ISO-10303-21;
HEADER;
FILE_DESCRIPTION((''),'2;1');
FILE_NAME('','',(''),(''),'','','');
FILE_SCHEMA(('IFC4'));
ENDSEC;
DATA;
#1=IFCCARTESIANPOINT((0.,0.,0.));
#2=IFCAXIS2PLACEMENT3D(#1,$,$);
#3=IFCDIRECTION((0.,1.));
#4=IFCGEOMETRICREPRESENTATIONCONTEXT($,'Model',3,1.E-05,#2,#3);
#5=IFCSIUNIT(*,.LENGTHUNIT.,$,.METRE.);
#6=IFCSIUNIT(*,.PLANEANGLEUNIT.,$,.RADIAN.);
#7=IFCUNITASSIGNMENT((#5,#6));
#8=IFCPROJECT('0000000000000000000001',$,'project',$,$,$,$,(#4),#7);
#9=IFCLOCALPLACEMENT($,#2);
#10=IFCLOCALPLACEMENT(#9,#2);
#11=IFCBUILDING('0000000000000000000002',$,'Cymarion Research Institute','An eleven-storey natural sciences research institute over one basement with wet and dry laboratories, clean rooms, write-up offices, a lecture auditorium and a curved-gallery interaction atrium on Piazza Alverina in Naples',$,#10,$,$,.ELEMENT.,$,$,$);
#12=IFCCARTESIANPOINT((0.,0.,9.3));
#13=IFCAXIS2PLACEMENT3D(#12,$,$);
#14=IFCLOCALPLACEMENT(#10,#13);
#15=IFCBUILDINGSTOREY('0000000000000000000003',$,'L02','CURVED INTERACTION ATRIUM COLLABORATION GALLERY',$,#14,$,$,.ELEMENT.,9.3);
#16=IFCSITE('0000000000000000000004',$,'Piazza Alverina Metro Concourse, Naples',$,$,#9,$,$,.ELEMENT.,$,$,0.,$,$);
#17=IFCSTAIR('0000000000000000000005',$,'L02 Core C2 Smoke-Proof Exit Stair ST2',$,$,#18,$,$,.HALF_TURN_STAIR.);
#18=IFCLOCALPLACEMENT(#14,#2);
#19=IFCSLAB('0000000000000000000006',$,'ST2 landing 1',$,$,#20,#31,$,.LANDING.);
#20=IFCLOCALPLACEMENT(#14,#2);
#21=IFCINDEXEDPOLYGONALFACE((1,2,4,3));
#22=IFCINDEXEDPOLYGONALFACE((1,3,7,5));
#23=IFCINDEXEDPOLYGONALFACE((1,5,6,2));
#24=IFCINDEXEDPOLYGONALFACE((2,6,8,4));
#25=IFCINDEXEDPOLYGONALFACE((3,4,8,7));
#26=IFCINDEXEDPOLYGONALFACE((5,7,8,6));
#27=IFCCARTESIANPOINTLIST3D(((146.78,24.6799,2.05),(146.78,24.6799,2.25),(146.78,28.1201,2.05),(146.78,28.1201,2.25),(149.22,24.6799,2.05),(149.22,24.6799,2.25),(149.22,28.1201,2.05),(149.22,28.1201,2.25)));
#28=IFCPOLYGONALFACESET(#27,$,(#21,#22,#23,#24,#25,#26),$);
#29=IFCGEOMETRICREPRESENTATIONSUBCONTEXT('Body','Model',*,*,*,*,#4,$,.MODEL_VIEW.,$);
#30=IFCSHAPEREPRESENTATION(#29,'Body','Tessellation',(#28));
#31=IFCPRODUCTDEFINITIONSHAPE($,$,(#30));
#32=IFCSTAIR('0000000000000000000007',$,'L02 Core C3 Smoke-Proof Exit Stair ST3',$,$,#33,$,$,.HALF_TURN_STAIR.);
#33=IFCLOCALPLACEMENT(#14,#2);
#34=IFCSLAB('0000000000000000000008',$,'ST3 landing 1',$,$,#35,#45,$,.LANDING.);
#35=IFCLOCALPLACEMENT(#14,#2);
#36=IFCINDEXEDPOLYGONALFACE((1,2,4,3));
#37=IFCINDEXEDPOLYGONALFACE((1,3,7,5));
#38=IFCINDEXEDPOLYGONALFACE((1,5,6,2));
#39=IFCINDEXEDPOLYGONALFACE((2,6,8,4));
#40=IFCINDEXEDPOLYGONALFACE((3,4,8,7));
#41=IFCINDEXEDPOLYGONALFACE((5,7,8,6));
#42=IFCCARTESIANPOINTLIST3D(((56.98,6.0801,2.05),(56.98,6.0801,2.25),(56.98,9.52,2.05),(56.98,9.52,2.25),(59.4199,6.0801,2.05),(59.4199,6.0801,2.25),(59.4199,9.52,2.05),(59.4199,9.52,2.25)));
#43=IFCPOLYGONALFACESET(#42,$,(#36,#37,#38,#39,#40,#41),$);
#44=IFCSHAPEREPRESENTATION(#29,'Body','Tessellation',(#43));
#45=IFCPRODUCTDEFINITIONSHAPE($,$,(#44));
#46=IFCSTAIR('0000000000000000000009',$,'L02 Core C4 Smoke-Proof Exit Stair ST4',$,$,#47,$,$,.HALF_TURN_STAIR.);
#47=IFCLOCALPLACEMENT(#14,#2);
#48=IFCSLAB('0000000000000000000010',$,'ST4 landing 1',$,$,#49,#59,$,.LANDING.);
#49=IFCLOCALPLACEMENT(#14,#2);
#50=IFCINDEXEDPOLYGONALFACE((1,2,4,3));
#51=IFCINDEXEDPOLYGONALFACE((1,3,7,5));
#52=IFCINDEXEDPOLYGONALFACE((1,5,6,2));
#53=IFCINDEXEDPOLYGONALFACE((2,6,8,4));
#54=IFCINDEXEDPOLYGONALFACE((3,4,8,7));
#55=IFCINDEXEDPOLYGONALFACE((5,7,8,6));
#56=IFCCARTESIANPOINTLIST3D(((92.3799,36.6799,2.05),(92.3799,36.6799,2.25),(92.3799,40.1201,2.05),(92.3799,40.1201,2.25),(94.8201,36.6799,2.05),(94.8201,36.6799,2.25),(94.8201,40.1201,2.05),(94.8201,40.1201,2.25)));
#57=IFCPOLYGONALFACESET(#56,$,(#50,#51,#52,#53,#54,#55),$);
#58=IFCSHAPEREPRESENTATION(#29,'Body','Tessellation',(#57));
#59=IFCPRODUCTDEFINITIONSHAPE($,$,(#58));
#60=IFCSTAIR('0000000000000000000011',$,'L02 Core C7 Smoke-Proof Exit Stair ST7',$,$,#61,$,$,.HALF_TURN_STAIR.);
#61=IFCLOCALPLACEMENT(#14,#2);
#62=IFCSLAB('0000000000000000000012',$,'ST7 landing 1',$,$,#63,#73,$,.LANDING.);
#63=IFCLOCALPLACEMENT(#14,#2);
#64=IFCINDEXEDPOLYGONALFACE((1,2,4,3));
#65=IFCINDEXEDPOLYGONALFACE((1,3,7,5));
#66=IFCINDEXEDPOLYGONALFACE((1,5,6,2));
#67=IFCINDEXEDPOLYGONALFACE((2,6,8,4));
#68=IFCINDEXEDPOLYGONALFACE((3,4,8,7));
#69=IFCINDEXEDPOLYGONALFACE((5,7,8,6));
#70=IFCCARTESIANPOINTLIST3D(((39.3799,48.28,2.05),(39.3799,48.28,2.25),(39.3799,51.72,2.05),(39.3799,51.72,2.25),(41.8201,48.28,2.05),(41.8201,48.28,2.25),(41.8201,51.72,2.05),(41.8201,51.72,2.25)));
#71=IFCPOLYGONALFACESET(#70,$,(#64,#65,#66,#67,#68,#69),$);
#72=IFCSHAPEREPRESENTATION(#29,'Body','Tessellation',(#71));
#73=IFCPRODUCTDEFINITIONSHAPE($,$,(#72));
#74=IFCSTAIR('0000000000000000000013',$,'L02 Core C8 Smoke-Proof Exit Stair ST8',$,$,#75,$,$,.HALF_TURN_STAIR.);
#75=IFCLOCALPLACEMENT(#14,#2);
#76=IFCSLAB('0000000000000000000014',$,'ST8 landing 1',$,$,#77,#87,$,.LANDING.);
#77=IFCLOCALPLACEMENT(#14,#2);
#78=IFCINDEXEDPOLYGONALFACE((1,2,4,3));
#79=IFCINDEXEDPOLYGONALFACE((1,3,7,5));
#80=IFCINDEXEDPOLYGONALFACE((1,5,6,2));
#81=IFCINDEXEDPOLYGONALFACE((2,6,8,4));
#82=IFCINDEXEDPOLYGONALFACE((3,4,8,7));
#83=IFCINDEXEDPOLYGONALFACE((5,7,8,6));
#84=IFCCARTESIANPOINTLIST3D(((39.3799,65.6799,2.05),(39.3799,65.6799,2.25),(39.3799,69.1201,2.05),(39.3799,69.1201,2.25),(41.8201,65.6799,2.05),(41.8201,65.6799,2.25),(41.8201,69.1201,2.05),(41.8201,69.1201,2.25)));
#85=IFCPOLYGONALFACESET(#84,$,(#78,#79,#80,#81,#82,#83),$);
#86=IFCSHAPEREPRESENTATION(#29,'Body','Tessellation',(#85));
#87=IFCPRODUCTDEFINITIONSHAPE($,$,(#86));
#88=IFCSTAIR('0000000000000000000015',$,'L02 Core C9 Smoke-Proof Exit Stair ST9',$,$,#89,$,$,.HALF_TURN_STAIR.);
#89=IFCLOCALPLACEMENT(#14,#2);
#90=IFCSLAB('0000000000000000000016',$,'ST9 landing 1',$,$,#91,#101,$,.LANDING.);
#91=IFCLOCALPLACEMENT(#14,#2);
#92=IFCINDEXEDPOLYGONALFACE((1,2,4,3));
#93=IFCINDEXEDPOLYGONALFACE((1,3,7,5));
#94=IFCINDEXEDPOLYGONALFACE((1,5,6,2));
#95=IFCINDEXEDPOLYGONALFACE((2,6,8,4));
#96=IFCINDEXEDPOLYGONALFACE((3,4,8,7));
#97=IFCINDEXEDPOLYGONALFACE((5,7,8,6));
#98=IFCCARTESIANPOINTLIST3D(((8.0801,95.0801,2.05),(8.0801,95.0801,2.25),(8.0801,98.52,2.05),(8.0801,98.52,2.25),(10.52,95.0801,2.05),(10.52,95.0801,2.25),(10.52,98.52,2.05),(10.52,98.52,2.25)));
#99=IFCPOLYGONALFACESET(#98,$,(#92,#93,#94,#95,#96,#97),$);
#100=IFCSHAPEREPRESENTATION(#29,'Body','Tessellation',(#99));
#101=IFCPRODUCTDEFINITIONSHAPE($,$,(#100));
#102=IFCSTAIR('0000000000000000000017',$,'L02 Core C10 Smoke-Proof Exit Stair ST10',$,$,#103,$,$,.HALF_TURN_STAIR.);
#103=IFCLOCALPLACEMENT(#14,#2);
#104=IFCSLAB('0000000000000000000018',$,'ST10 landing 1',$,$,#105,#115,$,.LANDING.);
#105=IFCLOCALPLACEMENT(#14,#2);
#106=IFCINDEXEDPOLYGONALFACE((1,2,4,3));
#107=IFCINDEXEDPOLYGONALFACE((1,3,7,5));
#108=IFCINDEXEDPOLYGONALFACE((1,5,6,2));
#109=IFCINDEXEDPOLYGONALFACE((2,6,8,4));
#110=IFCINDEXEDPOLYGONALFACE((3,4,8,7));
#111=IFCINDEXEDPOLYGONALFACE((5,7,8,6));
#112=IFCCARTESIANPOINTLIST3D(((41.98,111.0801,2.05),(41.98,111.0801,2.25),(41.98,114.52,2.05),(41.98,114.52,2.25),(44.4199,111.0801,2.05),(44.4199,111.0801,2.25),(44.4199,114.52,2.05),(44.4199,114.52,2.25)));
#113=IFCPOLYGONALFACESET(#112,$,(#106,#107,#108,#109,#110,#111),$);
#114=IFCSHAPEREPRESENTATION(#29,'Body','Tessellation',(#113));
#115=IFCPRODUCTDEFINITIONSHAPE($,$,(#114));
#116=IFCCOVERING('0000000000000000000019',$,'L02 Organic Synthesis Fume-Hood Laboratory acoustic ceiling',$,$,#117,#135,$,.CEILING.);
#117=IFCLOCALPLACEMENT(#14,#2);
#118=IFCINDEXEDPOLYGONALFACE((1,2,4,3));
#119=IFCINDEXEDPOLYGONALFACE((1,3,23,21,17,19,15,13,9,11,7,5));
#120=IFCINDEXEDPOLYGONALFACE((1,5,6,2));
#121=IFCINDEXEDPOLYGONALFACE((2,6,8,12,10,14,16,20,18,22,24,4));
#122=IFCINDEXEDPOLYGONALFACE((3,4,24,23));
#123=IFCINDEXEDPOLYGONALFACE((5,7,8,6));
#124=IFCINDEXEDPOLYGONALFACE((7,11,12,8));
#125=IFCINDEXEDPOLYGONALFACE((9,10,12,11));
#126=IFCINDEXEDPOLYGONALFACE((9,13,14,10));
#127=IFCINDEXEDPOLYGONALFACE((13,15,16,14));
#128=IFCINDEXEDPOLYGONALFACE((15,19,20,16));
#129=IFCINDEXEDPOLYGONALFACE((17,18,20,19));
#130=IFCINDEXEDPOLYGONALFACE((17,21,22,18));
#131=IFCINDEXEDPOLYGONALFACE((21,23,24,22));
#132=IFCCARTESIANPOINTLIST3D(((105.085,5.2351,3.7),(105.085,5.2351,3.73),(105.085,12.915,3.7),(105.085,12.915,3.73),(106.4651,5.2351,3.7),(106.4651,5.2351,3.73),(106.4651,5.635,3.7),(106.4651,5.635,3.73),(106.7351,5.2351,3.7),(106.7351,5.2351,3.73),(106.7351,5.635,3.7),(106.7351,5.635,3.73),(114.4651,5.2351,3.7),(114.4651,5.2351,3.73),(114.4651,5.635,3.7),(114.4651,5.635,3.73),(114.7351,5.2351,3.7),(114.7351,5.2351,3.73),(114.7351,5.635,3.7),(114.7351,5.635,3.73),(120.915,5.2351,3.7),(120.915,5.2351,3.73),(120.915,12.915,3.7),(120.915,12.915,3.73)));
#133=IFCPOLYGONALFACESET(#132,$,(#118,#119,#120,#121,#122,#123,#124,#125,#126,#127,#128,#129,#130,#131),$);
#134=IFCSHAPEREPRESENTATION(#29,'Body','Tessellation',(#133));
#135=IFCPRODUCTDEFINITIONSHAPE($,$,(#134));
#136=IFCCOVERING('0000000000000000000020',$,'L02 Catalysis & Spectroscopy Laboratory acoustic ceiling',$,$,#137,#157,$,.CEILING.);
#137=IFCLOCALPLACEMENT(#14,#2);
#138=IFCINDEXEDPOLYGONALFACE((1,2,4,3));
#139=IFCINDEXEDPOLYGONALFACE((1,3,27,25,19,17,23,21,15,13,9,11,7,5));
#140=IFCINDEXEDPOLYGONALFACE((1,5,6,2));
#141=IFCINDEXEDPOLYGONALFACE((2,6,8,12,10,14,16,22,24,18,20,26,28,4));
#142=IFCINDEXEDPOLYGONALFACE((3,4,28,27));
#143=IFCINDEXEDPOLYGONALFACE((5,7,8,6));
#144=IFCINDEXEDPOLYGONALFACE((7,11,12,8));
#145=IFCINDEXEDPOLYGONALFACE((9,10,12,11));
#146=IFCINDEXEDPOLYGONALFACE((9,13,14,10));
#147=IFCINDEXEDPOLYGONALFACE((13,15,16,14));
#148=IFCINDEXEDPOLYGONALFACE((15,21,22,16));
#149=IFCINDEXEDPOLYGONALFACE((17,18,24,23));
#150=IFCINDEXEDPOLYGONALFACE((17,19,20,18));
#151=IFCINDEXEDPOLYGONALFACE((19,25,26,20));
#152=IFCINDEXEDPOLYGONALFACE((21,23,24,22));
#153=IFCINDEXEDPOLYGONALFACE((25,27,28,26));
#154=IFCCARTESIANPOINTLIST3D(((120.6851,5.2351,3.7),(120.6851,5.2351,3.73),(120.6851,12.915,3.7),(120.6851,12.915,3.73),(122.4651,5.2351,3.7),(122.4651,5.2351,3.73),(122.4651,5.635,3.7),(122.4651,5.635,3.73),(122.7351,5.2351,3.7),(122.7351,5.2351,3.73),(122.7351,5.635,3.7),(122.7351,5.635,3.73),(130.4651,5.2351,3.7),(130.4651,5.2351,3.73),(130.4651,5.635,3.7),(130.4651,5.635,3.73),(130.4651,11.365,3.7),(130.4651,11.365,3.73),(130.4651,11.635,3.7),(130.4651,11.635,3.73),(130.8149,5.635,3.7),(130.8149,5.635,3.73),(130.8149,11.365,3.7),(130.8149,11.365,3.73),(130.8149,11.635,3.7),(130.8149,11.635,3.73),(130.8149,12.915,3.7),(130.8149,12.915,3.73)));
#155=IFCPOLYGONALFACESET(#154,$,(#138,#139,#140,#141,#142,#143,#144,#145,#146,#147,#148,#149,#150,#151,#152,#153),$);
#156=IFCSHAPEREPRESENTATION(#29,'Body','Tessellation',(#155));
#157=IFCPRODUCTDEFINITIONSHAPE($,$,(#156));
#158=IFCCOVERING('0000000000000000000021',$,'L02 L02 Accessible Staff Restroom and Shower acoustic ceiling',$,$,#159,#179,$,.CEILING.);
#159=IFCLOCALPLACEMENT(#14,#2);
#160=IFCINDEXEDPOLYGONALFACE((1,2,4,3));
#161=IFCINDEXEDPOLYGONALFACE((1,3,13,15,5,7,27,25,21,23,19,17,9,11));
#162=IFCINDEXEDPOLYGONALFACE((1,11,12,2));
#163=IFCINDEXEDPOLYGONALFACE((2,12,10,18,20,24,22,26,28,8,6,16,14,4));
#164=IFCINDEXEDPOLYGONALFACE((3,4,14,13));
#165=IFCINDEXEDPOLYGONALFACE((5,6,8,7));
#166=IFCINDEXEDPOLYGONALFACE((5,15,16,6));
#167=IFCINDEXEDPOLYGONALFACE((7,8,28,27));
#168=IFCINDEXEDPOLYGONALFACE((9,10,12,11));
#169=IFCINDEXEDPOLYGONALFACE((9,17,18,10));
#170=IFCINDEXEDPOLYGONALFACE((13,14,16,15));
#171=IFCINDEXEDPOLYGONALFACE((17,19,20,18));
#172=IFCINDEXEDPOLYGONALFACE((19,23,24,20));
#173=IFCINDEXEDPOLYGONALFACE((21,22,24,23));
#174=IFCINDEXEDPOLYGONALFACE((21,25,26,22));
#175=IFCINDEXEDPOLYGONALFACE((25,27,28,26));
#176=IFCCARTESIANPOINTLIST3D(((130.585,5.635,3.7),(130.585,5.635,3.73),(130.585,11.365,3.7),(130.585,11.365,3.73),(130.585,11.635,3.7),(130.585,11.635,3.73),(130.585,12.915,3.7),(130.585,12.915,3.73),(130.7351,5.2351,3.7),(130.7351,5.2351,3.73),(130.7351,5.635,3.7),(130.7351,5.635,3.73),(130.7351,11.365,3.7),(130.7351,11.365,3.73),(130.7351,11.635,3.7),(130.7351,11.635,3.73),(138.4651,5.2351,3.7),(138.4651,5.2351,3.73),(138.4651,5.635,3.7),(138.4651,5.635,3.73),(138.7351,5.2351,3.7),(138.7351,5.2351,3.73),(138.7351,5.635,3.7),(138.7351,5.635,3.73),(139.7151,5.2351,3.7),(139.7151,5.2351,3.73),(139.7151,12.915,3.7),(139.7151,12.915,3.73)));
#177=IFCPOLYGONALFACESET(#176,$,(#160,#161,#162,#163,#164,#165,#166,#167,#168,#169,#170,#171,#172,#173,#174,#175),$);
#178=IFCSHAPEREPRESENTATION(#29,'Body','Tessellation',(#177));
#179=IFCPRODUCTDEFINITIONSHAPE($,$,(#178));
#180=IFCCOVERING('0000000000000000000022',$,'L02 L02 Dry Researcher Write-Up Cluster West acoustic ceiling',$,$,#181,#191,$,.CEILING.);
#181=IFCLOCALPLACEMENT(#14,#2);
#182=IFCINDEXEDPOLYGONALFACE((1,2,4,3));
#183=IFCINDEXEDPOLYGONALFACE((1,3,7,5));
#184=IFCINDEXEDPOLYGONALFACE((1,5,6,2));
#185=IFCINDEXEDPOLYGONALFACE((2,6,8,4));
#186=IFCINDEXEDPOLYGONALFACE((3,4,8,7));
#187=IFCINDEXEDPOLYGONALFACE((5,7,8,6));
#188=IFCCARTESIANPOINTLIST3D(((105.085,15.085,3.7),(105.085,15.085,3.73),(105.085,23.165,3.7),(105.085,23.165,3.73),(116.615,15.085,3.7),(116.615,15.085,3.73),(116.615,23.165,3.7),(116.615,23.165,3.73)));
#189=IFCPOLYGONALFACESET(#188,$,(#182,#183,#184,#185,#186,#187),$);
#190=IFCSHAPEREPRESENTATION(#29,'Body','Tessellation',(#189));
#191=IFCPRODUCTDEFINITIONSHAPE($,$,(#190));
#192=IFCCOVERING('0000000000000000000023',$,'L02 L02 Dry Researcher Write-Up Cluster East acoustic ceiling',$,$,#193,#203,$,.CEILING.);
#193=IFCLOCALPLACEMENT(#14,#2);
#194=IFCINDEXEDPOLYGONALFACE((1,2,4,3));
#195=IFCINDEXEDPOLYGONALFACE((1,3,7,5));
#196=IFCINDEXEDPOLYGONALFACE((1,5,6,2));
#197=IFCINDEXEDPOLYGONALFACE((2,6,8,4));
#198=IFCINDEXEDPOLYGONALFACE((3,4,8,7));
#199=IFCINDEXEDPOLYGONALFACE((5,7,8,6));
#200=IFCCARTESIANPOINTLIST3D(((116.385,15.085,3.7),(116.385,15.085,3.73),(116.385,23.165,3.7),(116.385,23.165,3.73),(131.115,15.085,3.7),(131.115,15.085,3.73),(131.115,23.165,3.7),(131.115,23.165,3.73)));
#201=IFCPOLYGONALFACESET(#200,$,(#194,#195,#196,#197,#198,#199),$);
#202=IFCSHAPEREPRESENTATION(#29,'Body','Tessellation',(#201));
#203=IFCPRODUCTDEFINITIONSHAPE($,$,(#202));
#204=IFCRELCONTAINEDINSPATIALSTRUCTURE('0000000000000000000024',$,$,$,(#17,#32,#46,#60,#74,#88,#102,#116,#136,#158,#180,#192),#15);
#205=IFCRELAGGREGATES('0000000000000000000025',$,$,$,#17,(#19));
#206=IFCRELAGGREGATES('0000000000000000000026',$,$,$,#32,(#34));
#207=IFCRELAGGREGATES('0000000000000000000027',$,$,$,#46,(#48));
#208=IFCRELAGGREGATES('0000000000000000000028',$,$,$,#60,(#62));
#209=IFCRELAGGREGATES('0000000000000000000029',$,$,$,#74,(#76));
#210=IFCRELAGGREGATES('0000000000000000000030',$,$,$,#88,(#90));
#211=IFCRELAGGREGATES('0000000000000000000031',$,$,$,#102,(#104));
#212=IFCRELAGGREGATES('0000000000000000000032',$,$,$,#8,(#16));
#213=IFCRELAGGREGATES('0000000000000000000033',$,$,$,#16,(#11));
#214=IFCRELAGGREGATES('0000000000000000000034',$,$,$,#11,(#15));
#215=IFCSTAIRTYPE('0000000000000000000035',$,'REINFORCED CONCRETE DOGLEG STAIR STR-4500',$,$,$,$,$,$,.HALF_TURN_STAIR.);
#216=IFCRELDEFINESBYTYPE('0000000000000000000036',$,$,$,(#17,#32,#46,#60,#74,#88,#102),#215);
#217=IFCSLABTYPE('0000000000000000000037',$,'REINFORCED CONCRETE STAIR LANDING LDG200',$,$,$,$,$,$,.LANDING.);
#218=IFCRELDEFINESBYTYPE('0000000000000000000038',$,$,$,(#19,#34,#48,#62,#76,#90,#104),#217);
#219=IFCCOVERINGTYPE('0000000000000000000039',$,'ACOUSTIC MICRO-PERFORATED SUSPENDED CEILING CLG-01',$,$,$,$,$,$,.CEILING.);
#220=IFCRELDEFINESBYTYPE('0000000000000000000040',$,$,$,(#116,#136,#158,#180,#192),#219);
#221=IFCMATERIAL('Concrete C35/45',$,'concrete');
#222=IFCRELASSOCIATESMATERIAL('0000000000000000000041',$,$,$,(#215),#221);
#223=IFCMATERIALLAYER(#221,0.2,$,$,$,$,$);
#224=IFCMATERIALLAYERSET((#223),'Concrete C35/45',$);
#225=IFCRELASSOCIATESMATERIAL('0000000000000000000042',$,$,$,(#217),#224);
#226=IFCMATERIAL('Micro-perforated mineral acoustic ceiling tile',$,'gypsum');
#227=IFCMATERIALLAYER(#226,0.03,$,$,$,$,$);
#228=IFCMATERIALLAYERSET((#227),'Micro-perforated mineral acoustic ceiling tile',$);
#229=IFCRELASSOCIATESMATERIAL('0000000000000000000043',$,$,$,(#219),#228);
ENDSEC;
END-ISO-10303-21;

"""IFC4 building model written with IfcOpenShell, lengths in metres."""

from ifc_helpers import new_model, si_unit, direction, frame, origin, place, context, subcontext, project, spatial, polyline, outline, extrude, material, layer, layer_set, type_object, element, aggregate, save


model = new_model("IFC4")

# Units and contexts
model_context = context("Model", 3, precision=1e-05, world=origin(), true_north=direction((0.0, 1.0)))
body_context = subcontext(model_context, "Body", "Model", "MODEL_VIEW")
ifc_project = project(units=[si_unit("LENGTHUNIT", "METRE"), si_unit("PLANEANGLEUNIT", "RADIAN")], contexts=[model_context])

# Site, building, storey
site_placement = place(None, origin())
site = spatial("IfcSite", under=ifc_project, at=site_placement, Name="Piazza Alverina Metro Concourse, Naples", CompositionType="ELEMENT", RefElevation=0.0)
building_placement = place(site_placement, origin())
building = spatial("IfcBuilding", under=site, at=building_placement, Name="Cymarion Research Institute", Description="An eleven-storey natural sciences research institute over one basement with wet and dry laboratories, clean rooms, write-up offices, a lecture auditorium and a curved-gallery interaction atrium on Piazza Alverina in Naples", CompositionType="ELEMENT")
storey_placement = place(building_placement, frame((0.0, 0.0, 9.3)))
storey = spatial("IfcBuildingStorey", under=building, at=storey_placement, Name="L02", Description="CURVED INTERACTION ATRIUM COLLABORATION GALLERY", CompositionType="ELEMENT", Elevation=9.3)

# Stairs, slabs
ifc_material_1 = material(Name="Concrete C35/45", Category="concrete")
stair_type = type_object("IfcStairType", Name="REINFORCED CONCRETE DOGLEG STAIR STR-4500", PredefinedType="HALF_TURN_STAIR", material=ifc_material_1)
stair_1_placement = place(storey_placement, origin())
stair_1 = element("IfcStair", 1, at=stair_1_placement, inside=storey, type_object=stair_type, Name="L02 Core C2 Smoke-Proof Exit Stair ST2", PredefinedType="HALF_TURN_STAIR")
ifc_layer_1 = layer(ifc_material_1, 0.2)
ifc_layer_set_1 = layer_set([ifc_layer_1], Name="Concrete C35/45")
slab_type = type_object("IfcSlabType", Name="REINFORCED CONCRETE STAIR LANDING LDG200", PredefinedType="LANDING", material=ifc_layer_set_1)
slab_1_placement = place(storey_placement, frame((0.0, 0.0, 2.05)))
slab_1 = element("IfcSlab", 2, at=slab_1_placement, type_object=slab_type, Name="ST2 landing 1", PredefinedType="LANDING", context=body_context, shape_type="SweptSolid", body=[
    extrude(outline(polyline([(149.22, 28.1201), (149.22, 24.6799), (146.78, 24.6799), (146.78, 28.1201), (149.22, 28.1201)])), origin(), (0.0, 0.0, 1.0), 0.2),
])
aggregate(stair_1, [slab_1])
stair_2_placement = place(storey_placement, origin())
stair_2 = element("IfcStair", 3, at=stair_2_placement, inside=storey, type_object=stair_type, Name="L02 Core C3 Smoke-Proof Exit Stair ST3", PredefinedType="HALF_TURN_STAIR")
slab_2_placement = place(storey_placement, frame((0.0, 0.0, 2.05)))
slab_2 = element("IfcSlab", 4, at=slab_2_placement, type_object=slab_type, Name="ST3 landing 1", PredefinedType="LANDING", context=body_context, shape_type="SweptSolid", body=[
    extrude(outline(polyline([(59.4199, 9.52), (59.4199, 6.0801), (56.98, 6.0801), (56.98, 9.52), (59.4199, 9.52)])), origin(), (0.0, 0.0, 1.0), 0.2),
])
aggregate(stair_2, [slab_2])
stair_3_placement = place(storey_placement, origin())
stair_3 = element("IfcStair", 5, at=stair_3_placement, inside=storey, type_object=stair_type, Name="L02 Core C4 Smoke-Proof Exit Stair ST4", PredefinedType="HALF_TURN_STAIR")
slab_3_placement = place(storey_placement, frame((0.0, 0.0, 2.05)))
slab_3 = element("IfcSlab", 6, at=slab_3_placement, type_object=slab_type, Name="ST4 landing 1", PredefinedType="LANDING", context=body_context, shape_type="SweptSolid", body=[
    extrude(outline(polyline([(92.3799, 36.6799), (92.3799, 40.1201), (94.8201, 40.1201), (94.8201, 36.6799), (92.3799, 36.6799)])), origin(), (0.0, 0.0, 1.0), 0.2),
])
aggregate(stair_3, [slab_3])
stair_4_placement = place(storey_placement, origin())
stair_4 = element("IfcStair", 7, at=stair_4_placement, inside=storey, type_object=stair_type, Name="L02 Core C7 Smoke-Proof Exit Stair ST7", PredefinedType="HALF_TURN_STAIR")
slab_4_placement = place(storey_placement, frame((0.0, 0.0, 2.05)))
slab_4 = element("IfcSlab", 8, at=slab_4_placement, type_object=slab_type, Name="ST7 landing 1", PredefinedType="LANDING", context=body_context, shape_type="SweptSolid", body=[
    extrude(outline(polyline([(39.3799, 48.28), (39.3799, 51.72), (41.8201, 51.72), (41.8201, 48.28), (39.3799, 48.28)])), origin(), (0.0, 0.0, 1.0), 0.2),
])
aggregate(stair_4, [slab_4])
stair_5_placement = place(storey_placement, origin())
stair_5 = element("IfcStair", 9, at=stair_5_placement, inside=storey, type_object=stair_type, Name="L02 Core C8 Smoke-Proof Exit Stair ST8", PredefinedType="HALF_TURN_STAIR")
slab_5_placement = place(storey_placement, frame((0.0, 0.0, 2.05)))
slab_5 = element("IfcSlab", 10, at=slab_5_placement, type_object=slab_type, Name="ST8 landing 1", PredefinedType="LANDING", context=body_context, shape_type="SweptSolid", body=[
    extrude(outline(polyline([(39.3799, 65.6799), (39.3799, 69.1201), (41.8201, 69.1201), (41.8201, 65.6799), (39.3799, 65.6799)])), origin(), (0.0, 0.0, 1.0), 0.2),
])
aggregate(stair_5, [slab_5])
stair_6_placement = place(storey_placement, origin())
stair_6 = element("IfcStair", 11, at=stair_6_placement, inside=storey, type_object=stair_type, Name="L02 Core C9 Smoke-Proof Exit Stair ST9", PredefinedType="HALF_TURN_STAIR")
slab_6_placement = place(storey_placement, frame((0.0, 0.0, 2.05)))
slab_6 = element("IfcSlab", 12, at=slab_6_placement, type_object=slab_type, Name="ST9 landing 1", PredefinedType="LANDING", context=body_context, shape_type="SweptSolid", body=[
    extrude(outline(polyline([(10.52, 98.52), (10.52, 95.0801), (8.0801, 95.0801), (8.0801, 98.52), (10.52, 98.52)])), origin(), (0.0, 0.0, 1.0), 0.2),
])
aggregate(stair_6, [slab_6])
stair_7_placement = place(storey_placement, origin())
stair_7 = element("IfcStair", 13, at=stair_7_placement, inside=storey, type_object=stair_type, Name="L02 Core C10 Smoke-Proof Exit Stair ST10", PredefinedType="HALF_TURN_STAIR")
slab_7_placement = place(storey_placement, frame((0.0, 0.0, 2.05)))
slab_7 = element("IfcSlab", 14, at=slab_7_placement, type_object=slab_type, Name="ST10 landing 1", PredefinedType="LANDING", context=body_context, shape_type="SweptSolid", body=[
    extrude(outline(polyline([(41.98, 111.0801), (41.98, 114.52), (44.4199, 114.52), (44.4199, 111.0801), (41.98, 111.0801)])), origin(), (0.0, 0.0, 1.0), 0.2),
])
aggregate(stair_7, [slab_7])

# Coverings
ifc_material_2 = material(Name="Micro-perforated mineral acoustic ceiling tile", Category="gypsum")
ifc_layer_2 = layer(ifc_material_2, 0.03)
ifc_layer_set_2 = layer_set([ifc_layer_2], Name="Micro-perforated mineral acoustic ceiling tile")
covering_type = type_object("IfcCoveringType", Name="ACOUSTIC MICRO-PERFORATED SUSPENDED CEILING CLG-01", PredefinedType="CEILING", material=ifc_layer_set_2)
covering_1_placement = place(storey_placement, frame((0.0, 0.0, 3.7)))
element("IfcCovering", 15, at=covering_1_placement, inside=storey, type_object=covering_type, Name="L02 Organic Synthesis Fume-Hood Laboratory acoustic ceiling", PredefinedType="CEILING", context=body_context, shape_type="SweptSolid", body=[
    extrude(outline(polyline([(120.915, 12.915), (120.915, 5.2351), (114.7351, 5.2351), (114.7351, 5.635), (114.4651, 5.635), (114.4651, 5.2351), (106.7351, 5.2351), (106.7351, 5.635), (106.4651, 5.635), (106.4651, 5.2351), (105.085, 5.2351), (105.085, 12.915), (120.915, 12.915)])), origin(), (0.0, 0.0, 1.0), 0.03),
])
covering_2_placement = place(storey_placement, frame((0.0, 0.0, 3.7)))
element("IfcCovering", 16, at=covering_2_placement, inside=storey, type_object=covering_type, Name="L02 Catalysis & Spectroscopy Laboratory acoustic ceiling", PredefinedType="CEILING", context=body_context, shape_type="SweptSolid", body=[
    extrude(outline(polyline([(130.8149, 12.915), (130.8149, 11.635), (130.4651, 11.635), (130.4651, 11.365), (130.8149, 11.365), (130.8149, 5.635), (130.4651, 5.635), (130.4651, 5.2351), (122.7351, 5.2351), (122.7351, 5.635), (122.4651, 5.635), (122.4651, 5.2351), (120.6851, 5.2351), (120.6851, 12.915), (130.8149, 12.915)])), origin(), (0.0, 0.0, 1.0), 0.03),
])
covering_3_placement = place(storey_placement, frame((0.0, 0.0, 3.7)))
element("IfcCovering", 17, at=covering_3_placement, inside=storey, type_object=covering_type, Name="L02 L02 Accessible Staff Restroom and Shower acoustic ceiling", PredefinedType="CEILING", context=body_context, shape_type="SweptSolid", body=[
    extrude(outline(polyline([(130.7351, 11.365), (130.7351, 11.635), (130.585, 11.635), (130.585, 12.915), (139.7151, 12.915), (139.7151, 5.2351), (138.7351, 5.2351), (138.7351, 5.635), (138.4651, 5.635), (138.4651, 5.2351), (130.7351, 5.2351), (130.7351, 5.635), (130.585, 5.635), (130.585, 11.365), (130.7351, 11.365)])), origin(), (0.0, 0.0, 1.0), 0.03),
])
covering_4_placement = place(storey_placement, frame((0.0, 0.0, 3.7)))
element("IfcCovering", 18, at=covering_4_placement, inside=storey, type_object=covering_type, Name="L02 L02 Dry Researcher Write-Up Cluster West acoustic ceiling", PredefinedType="CEILING", context=body_context, shape_type="SweptSolid", body=[
    extrude(outline(polyline([(116.615, 23.165), (116.615, 15.085), (105.085, 15.085), (105.085, 23.165), (116.615, 23.165)])), origin(), (0.0, 0.0, 1.0), 0.03),
])
covering_5_placement = place(storey_placement, frame((0.0, 0.0, 3.7)))
element("IfcCovering", 19, at=covering_5_placement, inside=storey, type_object=covering_type, Name="L02 L02 Dry Researcher Write-Up Cluster East acoustic ceiling", PredefinedType="CEILING", context=body_context, shape_type="SweptSolid", body=[
    extrude(outline(polyline([(131.115, 23.165), (131.115, 15.085), (116.385, 15.085), (116.385, 23.165), (131.115, 23.165)])), origin(), (0.0, 0.0, 1.0), 0.03),
])

save(model, "model.ifc")
